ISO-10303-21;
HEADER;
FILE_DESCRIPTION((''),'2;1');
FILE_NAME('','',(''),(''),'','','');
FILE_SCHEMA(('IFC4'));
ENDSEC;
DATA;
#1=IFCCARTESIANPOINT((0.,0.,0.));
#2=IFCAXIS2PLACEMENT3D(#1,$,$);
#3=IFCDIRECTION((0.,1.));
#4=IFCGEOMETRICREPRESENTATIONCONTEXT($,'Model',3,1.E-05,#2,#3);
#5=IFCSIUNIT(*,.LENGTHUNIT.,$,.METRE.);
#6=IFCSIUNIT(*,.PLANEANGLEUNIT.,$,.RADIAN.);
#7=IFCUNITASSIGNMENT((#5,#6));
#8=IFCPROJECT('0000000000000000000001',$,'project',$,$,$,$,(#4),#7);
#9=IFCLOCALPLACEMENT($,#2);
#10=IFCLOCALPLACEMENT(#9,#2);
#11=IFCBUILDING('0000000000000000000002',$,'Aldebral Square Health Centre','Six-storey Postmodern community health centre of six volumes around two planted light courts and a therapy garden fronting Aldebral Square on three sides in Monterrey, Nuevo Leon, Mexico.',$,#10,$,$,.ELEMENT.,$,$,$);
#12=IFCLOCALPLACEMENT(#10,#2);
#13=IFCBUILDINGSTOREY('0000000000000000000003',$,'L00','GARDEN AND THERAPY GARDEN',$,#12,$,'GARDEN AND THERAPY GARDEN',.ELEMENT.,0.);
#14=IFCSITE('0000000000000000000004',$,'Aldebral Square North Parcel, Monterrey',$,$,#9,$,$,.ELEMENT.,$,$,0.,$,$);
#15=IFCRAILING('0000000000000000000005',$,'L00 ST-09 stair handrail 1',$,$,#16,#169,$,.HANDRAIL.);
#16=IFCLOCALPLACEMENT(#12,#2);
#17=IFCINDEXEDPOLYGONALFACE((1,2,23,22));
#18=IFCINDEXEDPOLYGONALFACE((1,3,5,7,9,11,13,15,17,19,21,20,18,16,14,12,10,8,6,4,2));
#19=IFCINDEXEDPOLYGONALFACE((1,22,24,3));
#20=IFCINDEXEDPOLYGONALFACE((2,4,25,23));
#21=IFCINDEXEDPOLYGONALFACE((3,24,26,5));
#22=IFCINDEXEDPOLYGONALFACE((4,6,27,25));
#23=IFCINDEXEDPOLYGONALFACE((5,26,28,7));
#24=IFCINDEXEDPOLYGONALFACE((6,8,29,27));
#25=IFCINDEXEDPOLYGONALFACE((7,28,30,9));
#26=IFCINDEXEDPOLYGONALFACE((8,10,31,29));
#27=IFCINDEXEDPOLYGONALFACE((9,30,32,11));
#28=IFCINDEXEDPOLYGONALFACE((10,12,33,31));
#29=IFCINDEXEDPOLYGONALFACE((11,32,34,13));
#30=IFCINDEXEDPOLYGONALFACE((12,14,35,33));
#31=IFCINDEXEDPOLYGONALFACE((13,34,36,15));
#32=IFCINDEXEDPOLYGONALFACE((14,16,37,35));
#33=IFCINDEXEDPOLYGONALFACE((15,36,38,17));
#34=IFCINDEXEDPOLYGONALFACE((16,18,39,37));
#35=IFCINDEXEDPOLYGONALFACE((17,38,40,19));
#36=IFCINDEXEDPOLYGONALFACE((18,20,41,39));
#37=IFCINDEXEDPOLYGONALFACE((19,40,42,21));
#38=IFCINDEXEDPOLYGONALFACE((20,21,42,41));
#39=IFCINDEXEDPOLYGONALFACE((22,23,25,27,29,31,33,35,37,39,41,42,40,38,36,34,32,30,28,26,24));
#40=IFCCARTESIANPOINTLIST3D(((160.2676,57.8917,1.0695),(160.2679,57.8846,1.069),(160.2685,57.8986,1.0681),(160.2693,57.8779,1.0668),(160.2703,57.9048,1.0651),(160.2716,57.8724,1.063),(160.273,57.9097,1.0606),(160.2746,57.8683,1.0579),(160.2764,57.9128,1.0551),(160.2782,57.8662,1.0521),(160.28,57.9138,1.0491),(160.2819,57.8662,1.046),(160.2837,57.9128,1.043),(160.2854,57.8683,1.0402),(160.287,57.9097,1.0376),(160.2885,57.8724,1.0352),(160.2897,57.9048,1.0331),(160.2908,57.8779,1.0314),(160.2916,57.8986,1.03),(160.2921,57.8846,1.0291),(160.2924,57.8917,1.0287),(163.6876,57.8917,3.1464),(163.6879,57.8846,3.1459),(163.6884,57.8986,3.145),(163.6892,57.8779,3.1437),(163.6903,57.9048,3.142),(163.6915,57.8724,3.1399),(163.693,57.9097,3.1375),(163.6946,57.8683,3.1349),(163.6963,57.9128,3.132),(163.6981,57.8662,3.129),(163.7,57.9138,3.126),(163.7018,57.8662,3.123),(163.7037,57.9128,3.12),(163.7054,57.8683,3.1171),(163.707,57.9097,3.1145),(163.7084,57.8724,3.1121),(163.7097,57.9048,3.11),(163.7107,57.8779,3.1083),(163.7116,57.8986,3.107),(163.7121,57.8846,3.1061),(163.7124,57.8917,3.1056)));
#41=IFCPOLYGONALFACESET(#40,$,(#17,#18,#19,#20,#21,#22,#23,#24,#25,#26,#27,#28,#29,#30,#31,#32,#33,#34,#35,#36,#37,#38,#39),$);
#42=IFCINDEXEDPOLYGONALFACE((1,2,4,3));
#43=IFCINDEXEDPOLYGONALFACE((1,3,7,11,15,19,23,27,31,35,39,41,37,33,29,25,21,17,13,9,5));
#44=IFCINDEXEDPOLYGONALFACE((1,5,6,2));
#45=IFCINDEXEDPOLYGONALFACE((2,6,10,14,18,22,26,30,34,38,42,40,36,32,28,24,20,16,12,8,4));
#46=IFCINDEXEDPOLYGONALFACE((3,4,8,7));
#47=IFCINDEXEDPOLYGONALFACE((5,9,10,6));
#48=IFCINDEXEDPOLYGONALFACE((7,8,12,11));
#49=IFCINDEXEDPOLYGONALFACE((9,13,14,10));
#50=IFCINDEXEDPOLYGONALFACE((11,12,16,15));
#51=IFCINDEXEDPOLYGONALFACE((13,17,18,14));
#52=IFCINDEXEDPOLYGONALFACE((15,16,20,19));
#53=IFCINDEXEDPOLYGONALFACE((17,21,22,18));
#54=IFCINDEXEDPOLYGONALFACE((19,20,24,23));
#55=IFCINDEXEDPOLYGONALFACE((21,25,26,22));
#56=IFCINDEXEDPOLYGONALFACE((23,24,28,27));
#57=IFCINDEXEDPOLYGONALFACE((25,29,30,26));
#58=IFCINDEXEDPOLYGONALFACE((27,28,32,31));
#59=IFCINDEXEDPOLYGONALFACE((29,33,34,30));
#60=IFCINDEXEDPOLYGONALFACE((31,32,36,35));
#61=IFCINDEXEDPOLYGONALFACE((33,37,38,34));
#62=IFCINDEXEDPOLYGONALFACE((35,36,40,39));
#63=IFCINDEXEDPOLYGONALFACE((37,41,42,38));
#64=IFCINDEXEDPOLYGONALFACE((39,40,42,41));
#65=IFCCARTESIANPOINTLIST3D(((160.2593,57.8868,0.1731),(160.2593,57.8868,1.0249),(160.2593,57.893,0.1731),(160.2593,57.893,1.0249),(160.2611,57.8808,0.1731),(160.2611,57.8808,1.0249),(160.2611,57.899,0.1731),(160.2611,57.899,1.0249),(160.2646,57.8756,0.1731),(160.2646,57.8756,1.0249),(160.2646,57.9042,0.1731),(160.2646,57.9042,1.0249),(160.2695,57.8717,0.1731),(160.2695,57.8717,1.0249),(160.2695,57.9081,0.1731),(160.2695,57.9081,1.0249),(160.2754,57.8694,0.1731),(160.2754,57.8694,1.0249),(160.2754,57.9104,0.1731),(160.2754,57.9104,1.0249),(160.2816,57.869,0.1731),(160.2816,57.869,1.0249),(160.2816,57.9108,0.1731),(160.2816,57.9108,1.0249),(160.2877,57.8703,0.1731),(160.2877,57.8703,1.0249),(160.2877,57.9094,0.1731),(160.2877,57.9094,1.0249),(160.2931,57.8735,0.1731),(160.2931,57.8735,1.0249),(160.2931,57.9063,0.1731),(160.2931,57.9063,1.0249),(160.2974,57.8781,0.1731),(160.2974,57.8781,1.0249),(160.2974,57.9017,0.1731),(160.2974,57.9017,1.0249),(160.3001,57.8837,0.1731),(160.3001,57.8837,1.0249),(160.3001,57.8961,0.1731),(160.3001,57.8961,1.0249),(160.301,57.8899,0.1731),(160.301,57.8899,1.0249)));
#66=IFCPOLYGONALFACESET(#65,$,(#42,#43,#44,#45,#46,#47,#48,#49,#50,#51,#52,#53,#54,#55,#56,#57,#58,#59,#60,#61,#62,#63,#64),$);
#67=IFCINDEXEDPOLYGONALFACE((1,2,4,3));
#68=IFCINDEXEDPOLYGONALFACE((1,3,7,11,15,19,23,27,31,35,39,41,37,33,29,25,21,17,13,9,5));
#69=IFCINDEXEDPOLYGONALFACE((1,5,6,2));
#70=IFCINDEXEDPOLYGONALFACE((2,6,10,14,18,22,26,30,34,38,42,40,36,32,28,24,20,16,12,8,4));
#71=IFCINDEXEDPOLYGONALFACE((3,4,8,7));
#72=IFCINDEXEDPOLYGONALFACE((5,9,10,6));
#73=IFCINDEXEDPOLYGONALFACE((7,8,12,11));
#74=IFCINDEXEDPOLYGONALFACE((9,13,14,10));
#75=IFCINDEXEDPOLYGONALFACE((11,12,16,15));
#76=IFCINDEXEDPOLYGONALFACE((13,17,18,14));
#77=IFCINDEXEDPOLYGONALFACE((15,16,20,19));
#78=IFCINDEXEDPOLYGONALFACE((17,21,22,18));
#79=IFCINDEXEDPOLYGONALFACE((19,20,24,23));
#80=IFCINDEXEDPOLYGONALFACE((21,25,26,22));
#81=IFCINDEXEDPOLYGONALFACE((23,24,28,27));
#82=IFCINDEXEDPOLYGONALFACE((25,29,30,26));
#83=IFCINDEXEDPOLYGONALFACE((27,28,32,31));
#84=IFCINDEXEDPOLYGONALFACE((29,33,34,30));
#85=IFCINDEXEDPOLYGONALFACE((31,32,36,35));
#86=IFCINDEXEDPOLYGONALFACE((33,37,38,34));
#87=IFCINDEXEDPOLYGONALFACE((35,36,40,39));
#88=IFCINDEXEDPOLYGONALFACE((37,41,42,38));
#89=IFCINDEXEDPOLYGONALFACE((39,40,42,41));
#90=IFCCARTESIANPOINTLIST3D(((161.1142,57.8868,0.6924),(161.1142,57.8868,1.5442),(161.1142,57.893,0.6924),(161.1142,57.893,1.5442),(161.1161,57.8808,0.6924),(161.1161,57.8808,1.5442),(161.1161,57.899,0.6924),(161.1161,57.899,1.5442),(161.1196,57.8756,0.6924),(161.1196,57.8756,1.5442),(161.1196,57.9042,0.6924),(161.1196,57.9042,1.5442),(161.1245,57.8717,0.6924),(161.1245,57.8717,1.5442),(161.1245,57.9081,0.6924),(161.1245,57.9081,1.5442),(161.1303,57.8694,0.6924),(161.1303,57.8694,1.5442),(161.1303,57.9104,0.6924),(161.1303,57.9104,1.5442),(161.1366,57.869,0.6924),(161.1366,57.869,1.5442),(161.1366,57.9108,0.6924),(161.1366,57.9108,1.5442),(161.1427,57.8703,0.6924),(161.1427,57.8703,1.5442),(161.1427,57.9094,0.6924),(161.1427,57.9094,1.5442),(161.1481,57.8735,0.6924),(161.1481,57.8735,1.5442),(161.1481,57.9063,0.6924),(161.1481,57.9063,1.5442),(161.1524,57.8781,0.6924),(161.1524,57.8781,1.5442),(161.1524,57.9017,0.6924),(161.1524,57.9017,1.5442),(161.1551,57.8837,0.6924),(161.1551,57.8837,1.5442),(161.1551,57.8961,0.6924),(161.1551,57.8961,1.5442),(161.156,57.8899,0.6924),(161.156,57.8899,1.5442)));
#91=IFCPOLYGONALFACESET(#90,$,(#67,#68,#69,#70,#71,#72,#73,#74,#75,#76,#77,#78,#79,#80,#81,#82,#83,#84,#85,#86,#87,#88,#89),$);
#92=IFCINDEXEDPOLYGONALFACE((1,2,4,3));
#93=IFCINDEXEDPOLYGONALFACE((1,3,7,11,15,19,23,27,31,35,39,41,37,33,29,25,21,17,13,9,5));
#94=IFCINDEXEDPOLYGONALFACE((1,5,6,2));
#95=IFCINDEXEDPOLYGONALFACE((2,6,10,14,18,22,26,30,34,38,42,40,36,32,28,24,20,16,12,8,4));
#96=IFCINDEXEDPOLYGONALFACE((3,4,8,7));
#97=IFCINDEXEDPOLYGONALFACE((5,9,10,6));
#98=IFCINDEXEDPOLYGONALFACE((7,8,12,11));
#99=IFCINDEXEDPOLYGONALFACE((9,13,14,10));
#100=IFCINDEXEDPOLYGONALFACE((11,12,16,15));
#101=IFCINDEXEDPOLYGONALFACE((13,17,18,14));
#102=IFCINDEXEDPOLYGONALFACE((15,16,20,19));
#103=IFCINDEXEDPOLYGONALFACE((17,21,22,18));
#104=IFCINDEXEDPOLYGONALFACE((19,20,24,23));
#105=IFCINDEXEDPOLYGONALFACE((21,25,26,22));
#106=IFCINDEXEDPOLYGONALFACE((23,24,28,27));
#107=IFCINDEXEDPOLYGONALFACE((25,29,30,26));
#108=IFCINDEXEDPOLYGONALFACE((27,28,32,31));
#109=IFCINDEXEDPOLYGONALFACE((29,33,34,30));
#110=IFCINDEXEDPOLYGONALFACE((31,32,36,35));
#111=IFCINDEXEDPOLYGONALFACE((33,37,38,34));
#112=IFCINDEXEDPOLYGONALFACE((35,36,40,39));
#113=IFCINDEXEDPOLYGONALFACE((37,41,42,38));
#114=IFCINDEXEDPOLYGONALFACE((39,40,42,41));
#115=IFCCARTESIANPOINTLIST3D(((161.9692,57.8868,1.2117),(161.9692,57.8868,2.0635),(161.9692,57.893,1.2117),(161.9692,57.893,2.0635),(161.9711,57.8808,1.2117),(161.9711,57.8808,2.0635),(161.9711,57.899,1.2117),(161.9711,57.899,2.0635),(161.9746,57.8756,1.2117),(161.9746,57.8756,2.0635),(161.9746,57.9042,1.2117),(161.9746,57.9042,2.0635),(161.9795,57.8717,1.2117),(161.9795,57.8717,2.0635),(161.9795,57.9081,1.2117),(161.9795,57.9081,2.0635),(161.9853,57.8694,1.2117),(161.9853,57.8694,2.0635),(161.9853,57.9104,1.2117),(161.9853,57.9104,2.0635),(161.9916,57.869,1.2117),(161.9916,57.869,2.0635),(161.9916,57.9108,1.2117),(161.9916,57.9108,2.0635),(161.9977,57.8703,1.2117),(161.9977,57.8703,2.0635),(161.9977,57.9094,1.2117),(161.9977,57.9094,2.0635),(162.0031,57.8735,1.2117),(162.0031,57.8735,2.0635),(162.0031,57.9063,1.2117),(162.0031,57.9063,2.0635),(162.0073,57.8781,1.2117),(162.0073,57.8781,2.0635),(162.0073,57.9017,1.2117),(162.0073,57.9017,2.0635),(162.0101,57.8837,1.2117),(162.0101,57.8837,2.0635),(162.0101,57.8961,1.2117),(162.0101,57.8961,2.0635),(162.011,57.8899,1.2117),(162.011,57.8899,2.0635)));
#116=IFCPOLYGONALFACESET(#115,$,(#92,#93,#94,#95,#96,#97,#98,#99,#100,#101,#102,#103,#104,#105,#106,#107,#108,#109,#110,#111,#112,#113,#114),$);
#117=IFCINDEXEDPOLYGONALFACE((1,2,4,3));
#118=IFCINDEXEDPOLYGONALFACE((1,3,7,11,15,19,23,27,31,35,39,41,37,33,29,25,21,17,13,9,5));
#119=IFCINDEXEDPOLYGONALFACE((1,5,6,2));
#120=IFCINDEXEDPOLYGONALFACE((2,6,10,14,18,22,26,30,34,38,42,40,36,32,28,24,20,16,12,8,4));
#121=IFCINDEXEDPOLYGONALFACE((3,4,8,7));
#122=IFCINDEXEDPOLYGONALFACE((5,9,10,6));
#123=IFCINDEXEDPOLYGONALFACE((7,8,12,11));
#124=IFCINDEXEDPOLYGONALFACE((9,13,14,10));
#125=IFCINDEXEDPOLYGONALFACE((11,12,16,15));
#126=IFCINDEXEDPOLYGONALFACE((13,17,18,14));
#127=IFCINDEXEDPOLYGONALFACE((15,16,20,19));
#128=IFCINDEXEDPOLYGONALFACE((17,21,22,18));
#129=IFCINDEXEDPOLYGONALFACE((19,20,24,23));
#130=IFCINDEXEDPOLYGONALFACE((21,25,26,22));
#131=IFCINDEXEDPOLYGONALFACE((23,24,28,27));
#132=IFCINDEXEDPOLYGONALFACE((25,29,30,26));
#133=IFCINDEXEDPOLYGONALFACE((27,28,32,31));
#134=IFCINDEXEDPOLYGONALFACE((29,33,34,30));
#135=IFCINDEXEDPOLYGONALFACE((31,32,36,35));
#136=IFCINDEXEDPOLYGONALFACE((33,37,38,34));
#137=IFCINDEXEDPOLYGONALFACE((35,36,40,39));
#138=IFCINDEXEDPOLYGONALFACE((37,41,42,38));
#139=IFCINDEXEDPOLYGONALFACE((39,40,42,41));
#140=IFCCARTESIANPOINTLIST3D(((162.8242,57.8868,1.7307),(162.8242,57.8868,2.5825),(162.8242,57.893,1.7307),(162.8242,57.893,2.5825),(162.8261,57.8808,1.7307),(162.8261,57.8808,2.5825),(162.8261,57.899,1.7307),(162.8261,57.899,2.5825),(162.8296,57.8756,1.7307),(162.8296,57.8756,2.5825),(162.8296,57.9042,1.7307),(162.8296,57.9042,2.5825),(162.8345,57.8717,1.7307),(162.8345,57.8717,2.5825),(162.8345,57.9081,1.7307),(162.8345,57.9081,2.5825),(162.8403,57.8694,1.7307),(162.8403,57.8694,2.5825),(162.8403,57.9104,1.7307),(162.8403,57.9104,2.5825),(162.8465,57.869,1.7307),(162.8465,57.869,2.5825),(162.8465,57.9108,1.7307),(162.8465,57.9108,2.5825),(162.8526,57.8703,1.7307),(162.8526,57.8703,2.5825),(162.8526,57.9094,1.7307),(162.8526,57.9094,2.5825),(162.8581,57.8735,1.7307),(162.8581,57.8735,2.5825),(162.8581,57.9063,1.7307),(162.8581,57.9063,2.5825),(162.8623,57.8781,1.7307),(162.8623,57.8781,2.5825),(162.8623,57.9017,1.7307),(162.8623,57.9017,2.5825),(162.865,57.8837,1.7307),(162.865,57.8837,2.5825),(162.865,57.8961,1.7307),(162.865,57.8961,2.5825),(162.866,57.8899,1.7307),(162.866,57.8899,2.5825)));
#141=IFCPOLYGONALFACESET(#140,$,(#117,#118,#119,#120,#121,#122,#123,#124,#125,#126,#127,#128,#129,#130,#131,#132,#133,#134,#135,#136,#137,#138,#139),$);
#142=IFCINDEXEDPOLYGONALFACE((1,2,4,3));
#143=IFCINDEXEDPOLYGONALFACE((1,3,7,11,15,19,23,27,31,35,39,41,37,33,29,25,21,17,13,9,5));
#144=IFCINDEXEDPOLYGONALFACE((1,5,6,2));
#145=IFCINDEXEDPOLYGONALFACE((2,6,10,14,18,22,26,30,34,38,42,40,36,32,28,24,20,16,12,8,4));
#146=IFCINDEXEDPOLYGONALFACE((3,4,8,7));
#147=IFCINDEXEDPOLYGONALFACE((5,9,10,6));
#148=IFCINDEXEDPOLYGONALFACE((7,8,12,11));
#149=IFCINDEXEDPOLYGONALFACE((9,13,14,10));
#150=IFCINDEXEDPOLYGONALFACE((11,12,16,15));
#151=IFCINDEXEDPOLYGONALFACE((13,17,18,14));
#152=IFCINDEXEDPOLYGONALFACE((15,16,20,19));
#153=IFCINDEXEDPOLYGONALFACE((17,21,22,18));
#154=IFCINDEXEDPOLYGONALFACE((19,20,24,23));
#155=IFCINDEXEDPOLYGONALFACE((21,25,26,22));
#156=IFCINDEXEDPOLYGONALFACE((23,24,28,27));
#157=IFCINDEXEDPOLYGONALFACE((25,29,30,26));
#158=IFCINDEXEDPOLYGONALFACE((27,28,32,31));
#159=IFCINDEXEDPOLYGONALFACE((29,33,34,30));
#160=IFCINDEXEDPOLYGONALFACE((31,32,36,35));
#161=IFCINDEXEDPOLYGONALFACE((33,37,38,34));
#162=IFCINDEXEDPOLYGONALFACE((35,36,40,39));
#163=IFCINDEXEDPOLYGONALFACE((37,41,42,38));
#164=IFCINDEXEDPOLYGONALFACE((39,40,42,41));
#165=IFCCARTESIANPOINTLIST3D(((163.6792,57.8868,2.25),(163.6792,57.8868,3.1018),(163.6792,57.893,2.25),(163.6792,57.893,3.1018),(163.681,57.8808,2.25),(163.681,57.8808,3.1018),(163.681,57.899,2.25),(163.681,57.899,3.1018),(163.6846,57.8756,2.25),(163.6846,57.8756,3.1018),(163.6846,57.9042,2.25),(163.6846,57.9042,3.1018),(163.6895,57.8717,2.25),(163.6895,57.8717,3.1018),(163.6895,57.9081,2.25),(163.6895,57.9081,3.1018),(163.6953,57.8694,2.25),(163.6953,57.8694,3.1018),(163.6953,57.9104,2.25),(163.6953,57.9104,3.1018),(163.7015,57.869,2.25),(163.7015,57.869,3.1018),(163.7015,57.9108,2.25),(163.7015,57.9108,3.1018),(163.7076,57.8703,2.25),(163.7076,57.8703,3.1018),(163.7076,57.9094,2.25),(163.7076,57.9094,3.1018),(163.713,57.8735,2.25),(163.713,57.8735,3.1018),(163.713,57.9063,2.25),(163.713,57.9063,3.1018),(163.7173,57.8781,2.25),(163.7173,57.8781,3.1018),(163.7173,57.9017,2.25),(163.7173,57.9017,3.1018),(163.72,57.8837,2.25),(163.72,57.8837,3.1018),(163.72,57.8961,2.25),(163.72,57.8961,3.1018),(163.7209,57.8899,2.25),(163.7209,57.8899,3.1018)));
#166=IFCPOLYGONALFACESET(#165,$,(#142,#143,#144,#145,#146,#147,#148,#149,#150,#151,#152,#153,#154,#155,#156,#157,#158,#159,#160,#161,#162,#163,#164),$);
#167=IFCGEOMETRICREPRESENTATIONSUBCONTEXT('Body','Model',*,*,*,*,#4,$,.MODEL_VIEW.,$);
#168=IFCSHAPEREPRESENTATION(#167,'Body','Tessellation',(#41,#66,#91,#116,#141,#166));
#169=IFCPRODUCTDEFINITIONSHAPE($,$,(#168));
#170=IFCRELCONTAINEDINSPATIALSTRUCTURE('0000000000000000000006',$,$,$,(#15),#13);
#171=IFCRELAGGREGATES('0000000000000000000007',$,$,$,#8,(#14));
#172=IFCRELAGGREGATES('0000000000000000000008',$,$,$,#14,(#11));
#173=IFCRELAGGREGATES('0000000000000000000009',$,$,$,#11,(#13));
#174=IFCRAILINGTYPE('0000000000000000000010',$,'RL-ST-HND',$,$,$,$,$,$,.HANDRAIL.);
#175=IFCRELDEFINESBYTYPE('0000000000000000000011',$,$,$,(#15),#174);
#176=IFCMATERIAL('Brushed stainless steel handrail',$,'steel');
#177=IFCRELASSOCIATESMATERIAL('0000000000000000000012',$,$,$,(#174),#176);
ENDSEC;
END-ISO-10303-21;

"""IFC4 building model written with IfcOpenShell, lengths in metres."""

from ifc_helpers import new_model, si_unit, direction, frame, origin, origin_2d, place, context, subcontext, project, spatial, circle, extrude, material, type_object, element, save


model = new_model("IFC4")

# Units and contexts
model_context = context("Model", 3, precision=1e-05, world=origin(), true_north=direction((0.0, 1.0)))
body_context = subcontext(model_context, "Body", "Model", "MODEL_VIEW")
ifc_project = project(units=[si_unit("LENGTHUNIT", "METRE"), si_unit("PLANEANGLEUNIT", "RADIAN")], contexts=[model_context])

# Site, building, storey
site_placement = place(None, origin())
site = spatial("IfcSite", under=ifc_project, at=site_placement, Name="Aldebral Square North Parcel, Monterrey", CompositionType="ELEMENT", RefElevation=0.0)
building_placement = place(site_placement, origin())
building = spatial("IfcBuilding", under=site, at=building_placement, Name="Aldebral Square Health Centre", Description="Six-storey Postmodern community health centre of six volumes around two planted light courts and a therapy garden fronting Aldebral Square on three sides in Monterrey, Nuevo Leon, Mexico.", CompositionType="ELEMENT")
storey_placement = place(building_placement, origin())
storey = spatial("IfcBuildingStorey", under=building, at=storey_placement, Name="L00", Description="GARDEN AND THERAPY GARDEN", LongName="GARDEN AND THERAPY GARDEN", CompositionType="ELEMENT", Elevation=0.0)

# Railing
ifc_material_1 = material(Name="Brushed stainless steel handrail", Category="steel")
railing_type_1 = type_object("IfcRailingType", Name="RL-ST-HND", PredefinedType="HANDRAIL", material=ifc_material_1)
railing_1_placement = place(storey_placement, frame((160.28, 57.8899, 0.1731)))
element("IfcRailing", 1, at=railing_1_placement, inside=storey, type_object=railing_type_1, Name="L00 ST-09 stair handrail 1", PredefinedType="HANDRAIL", context=body_context, shape_type="SweptSolid", body=[
    extrude(circle(Radius=0.0239, at=origin_2d()), frame((0.0, 0.0, 0.876), z_axis=(0.85473, 0.0, 0.519074), x_axis=(0.0, 1.0, 0.0)), (0.0, 0.0, 1.0), 4.0012),
    extrude(circle(Radius=0.021, at=origin_2d()), origin(), (0.0, 0.0, 1.0), 0.8518),
    extrude(circle(Radius=0.021, at=origin_2d()), frame((0.855, 0.0, 0.5193)), (0.0, 0.0, 1.0), 0.8518),
    extrude(circle(Radius=0.021, at=origin_2d()), frame((1.71, 0.0, 1.0386)), (0.0, 0.0, 1.0), 0.8518),
    extrude(circle(Radius=0.021, at=origin_2d()), frame((2.5649, 0.0, 1.5576)), (0.0, 0.0, 1.0), 0.8518),
    extrude(circle(Radius=0.021, at=origin_2d()), frame((3.4199, 0.0, 2.0769)), (0.0, 0.0, 1.0), 0.8518),
])

save(model, "model.ifc")
